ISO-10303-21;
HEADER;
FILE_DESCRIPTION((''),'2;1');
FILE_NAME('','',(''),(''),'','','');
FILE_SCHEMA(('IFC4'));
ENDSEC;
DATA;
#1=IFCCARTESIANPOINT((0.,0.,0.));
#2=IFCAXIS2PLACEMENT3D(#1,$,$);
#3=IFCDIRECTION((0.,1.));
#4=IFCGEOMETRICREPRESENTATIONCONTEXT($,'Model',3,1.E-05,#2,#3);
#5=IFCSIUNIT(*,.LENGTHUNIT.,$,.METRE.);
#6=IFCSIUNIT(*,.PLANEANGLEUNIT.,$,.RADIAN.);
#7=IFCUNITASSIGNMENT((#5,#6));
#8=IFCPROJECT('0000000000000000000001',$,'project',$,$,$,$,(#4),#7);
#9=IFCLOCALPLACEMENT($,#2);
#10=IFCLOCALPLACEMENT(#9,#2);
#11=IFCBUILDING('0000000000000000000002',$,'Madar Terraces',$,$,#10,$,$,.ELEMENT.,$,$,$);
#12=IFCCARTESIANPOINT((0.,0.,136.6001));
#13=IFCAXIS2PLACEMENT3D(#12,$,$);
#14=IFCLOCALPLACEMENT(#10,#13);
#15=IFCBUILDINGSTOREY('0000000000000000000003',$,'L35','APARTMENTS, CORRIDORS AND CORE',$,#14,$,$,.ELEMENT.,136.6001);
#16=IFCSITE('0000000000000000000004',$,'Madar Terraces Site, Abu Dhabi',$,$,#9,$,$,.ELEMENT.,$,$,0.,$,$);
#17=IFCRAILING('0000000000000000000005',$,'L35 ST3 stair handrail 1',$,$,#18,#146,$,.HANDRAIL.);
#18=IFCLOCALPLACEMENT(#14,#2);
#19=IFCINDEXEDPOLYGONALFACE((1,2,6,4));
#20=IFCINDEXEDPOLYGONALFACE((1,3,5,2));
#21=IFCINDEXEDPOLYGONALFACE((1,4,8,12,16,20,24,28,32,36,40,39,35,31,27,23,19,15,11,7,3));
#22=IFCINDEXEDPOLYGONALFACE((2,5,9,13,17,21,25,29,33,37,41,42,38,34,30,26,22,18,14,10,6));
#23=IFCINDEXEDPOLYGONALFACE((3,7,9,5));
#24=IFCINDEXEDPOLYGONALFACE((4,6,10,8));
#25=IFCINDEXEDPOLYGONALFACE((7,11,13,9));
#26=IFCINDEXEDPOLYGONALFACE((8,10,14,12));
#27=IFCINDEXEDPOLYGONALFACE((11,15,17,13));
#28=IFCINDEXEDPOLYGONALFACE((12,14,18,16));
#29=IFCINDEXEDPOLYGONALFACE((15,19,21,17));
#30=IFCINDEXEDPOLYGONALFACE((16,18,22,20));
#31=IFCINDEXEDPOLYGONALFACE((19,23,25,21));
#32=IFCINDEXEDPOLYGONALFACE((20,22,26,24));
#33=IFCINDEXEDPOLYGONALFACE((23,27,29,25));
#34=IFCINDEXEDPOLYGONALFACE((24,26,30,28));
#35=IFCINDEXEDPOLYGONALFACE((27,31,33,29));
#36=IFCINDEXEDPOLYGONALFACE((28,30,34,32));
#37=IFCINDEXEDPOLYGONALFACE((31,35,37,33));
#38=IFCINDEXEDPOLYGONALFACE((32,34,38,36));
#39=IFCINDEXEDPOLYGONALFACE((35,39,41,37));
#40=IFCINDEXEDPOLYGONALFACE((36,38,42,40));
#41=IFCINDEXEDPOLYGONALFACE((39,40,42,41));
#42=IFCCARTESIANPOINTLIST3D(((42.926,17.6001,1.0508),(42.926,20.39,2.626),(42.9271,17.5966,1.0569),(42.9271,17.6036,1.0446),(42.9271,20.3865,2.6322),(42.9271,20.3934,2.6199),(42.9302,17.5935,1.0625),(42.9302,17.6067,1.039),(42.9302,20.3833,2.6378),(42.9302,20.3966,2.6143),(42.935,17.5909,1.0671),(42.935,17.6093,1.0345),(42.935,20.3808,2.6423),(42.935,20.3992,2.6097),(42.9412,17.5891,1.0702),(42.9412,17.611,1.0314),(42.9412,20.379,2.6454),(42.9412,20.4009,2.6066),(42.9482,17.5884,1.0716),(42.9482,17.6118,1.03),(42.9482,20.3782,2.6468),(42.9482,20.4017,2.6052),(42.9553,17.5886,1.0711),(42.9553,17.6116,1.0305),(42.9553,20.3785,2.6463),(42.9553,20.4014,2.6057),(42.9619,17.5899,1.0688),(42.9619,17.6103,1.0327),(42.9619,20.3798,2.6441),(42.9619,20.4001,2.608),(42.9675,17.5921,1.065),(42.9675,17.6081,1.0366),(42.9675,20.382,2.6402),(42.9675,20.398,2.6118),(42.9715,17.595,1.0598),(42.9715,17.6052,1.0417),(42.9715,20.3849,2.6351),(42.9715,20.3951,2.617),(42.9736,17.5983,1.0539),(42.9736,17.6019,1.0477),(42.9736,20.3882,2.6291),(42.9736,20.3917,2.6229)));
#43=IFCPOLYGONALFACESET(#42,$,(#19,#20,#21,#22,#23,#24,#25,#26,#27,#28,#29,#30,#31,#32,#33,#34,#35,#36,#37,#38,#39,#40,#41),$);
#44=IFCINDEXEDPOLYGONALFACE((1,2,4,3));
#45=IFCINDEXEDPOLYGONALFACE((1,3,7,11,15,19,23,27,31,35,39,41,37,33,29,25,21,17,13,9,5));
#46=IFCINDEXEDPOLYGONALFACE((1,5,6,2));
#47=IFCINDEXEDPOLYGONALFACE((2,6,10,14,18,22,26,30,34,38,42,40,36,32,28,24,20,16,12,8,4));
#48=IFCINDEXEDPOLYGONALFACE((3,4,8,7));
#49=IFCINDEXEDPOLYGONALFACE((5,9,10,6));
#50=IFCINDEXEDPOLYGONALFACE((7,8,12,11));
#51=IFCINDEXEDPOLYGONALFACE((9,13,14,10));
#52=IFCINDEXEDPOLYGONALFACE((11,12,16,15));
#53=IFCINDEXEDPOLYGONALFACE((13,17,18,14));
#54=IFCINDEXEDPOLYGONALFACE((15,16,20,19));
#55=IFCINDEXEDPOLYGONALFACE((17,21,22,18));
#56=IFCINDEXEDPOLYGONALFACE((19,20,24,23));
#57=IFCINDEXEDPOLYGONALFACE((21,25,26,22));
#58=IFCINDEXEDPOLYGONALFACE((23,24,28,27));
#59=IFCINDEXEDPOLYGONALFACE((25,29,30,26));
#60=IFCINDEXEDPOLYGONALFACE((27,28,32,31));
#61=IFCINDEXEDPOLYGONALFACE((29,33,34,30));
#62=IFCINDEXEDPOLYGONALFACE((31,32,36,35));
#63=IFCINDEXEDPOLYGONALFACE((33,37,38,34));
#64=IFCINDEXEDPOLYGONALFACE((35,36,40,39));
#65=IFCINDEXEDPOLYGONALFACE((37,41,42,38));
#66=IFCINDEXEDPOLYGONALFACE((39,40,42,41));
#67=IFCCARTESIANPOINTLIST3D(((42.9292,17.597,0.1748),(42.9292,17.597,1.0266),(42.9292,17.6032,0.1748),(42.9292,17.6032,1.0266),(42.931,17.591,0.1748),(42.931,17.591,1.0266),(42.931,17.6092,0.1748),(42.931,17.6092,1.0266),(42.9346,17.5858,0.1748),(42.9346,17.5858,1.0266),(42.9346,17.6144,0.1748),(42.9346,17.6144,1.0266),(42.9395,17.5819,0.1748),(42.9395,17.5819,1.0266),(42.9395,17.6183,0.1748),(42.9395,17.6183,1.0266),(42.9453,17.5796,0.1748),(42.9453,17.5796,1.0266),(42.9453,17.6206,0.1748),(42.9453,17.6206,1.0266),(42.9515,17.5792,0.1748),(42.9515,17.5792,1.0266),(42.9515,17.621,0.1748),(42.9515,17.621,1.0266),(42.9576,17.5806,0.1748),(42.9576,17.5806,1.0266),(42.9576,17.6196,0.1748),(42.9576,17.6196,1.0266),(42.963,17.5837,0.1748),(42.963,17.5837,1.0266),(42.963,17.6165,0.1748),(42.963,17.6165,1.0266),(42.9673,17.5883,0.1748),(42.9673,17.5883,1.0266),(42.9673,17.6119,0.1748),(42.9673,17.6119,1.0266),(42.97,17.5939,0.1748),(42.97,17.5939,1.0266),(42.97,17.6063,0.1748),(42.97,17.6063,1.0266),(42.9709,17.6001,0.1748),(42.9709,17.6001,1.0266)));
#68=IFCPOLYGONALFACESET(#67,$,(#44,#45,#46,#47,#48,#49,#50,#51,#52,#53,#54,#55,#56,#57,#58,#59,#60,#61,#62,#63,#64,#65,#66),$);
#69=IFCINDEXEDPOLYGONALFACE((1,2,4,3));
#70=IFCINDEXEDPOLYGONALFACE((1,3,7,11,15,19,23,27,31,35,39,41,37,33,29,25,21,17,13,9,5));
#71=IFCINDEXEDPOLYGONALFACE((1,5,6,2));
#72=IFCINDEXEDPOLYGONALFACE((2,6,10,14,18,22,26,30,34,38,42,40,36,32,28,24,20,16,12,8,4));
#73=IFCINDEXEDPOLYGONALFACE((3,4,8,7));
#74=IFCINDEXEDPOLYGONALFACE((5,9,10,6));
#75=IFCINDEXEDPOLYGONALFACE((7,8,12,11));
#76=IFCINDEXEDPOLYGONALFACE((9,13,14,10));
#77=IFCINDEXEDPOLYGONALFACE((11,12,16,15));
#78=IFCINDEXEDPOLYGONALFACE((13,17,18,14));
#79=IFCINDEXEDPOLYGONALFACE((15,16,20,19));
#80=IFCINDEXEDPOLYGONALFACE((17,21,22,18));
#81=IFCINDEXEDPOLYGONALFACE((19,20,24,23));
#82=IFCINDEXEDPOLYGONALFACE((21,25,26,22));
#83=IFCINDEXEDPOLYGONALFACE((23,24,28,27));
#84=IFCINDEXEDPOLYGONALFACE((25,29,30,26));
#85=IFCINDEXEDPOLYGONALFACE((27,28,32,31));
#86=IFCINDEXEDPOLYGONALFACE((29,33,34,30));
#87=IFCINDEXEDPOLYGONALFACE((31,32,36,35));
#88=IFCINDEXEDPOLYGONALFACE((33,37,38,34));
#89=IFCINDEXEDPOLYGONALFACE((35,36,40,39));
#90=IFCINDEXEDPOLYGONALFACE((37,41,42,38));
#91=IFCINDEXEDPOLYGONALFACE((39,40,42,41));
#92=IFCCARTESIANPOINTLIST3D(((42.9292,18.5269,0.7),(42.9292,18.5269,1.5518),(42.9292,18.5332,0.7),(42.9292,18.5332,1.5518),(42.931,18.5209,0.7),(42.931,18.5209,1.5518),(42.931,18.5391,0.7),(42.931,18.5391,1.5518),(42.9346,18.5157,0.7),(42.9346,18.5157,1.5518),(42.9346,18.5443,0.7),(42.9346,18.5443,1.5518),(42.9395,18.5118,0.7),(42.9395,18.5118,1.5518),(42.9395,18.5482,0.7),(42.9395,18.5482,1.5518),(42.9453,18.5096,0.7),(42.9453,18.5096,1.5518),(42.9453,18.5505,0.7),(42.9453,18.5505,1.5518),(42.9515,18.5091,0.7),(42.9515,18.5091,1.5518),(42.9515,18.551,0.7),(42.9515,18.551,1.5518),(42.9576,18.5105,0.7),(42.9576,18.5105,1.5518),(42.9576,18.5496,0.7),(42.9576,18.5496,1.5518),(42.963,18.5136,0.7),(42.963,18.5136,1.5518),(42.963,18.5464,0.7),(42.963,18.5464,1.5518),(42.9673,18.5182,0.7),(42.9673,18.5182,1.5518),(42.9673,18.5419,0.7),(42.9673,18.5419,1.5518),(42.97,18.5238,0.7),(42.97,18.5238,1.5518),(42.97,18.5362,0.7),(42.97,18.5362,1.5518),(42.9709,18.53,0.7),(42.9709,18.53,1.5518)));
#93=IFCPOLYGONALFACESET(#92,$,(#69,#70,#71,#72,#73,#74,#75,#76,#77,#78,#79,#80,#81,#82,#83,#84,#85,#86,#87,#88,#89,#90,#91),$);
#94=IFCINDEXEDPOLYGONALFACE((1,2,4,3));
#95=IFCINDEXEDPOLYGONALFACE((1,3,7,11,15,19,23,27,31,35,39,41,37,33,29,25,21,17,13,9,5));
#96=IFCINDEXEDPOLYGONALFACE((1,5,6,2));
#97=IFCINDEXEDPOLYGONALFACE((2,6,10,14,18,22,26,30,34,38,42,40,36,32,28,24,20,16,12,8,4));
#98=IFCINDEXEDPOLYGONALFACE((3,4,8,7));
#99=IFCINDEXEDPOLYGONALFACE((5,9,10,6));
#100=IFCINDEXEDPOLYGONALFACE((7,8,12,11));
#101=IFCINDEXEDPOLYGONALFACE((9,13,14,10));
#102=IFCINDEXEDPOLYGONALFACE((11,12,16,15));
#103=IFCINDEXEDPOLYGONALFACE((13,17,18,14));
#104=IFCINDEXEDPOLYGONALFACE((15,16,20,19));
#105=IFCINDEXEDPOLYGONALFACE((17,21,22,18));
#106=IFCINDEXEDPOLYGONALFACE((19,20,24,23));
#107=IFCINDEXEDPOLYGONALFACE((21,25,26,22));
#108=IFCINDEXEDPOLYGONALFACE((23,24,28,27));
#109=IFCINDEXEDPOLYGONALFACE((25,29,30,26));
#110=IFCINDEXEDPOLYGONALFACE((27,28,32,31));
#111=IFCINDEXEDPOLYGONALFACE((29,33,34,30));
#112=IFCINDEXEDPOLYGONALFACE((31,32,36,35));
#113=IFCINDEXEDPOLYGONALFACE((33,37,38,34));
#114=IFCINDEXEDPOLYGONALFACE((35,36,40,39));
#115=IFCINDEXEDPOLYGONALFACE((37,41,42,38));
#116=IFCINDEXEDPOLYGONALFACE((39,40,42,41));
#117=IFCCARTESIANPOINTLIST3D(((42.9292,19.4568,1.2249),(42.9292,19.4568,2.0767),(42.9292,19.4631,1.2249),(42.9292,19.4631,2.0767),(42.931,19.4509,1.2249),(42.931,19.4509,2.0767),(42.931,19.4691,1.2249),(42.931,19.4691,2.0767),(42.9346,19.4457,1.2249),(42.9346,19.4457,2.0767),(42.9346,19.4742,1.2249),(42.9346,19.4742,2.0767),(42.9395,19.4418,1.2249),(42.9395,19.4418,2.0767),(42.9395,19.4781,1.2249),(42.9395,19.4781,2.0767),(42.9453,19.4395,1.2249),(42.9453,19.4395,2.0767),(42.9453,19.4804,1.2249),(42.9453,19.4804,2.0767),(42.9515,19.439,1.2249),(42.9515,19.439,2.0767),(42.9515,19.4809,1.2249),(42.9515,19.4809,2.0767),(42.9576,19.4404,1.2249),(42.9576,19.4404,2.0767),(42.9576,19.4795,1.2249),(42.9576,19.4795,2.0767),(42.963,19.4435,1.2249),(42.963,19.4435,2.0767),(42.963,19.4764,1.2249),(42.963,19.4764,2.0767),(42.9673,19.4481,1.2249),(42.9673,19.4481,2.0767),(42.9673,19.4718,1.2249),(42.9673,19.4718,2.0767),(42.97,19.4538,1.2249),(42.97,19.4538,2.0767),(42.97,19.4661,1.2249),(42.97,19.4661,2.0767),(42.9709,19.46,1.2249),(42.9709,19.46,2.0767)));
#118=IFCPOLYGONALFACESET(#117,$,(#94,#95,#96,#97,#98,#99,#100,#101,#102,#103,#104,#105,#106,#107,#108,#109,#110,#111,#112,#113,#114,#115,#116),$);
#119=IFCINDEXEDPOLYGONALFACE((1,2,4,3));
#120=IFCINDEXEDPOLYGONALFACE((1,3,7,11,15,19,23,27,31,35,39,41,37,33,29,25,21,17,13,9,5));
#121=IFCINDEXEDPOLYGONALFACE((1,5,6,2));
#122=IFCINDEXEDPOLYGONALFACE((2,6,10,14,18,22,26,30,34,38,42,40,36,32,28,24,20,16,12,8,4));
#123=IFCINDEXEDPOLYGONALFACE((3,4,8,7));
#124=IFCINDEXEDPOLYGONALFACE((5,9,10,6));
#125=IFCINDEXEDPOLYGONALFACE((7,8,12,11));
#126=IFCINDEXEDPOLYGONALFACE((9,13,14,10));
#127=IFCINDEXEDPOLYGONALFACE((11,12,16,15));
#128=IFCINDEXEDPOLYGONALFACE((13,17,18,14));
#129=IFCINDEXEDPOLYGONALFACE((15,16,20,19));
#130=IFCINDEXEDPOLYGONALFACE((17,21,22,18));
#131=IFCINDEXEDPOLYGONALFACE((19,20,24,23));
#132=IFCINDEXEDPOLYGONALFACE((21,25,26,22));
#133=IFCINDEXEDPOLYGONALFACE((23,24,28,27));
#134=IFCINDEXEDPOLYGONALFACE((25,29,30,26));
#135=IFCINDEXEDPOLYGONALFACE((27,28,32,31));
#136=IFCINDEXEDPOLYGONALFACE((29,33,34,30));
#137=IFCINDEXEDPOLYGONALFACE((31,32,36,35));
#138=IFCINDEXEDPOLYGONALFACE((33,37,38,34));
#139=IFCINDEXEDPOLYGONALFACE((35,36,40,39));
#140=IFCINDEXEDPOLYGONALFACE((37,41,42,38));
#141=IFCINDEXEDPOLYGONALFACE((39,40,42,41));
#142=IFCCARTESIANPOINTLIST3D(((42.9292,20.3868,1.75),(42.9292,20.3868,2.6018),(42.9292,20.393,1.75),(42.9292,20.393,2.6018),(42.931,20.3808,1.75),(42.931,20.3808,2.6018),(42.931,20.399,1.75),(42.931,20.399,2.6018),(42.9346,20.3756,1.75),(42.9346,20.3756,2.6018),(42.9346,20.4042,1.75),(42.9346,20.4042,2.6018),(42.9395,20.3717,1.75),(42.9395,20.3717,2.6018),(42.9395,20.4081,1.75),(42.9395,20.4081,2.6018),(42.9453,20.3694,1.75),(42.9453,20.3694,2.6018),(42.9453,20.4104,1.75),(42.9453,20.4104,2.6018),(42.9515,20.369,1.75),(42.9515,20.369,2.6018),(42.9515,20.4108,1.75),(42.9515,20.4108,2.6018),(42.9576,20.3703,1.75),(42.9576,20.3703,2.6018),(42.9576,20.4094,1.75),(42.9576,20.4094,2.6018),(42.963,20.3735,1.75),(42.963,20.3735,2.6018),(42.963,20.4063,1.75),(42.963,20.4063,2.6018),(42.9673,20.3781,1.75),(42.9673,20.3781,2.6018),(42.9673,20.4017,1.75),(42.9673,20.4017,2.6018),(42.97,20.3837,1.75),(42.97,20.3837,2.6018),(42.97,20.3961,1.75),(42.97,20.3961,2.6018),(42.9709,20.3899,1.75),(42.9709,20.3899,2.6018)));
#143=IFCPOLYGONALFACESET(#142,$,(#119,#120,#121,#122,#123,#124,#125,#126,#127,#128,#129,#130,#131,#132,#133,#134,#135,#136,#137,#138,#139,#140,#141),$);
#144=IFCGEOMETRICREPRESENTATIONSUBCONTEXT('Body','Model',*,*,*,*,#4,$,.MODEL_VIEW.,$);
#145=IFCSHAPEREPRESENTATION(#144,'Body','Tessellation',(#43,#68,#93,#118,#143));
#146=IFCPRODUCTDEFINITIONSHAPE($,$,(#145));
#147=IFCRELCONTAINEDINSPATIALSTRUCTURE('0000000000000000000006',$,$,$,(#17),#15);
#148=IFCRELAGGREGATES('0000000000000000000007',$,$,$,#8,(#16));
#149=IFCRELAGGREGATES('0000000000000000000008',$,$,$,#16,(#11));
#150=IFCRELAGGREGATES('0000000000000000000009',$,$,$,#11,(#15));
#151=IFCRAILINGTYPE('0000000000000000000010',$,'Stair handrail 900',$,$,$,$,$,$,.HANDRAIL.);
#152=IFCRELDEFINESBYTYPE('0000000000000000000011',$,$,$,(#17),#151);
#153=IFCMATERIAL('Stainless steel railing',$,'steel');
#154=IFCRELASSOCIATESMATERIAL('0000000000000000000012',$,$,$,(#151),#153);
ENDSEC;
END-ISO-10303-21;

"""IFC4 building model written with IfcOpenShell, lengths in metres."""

from ifc_helpers import new_model, si_unit, direction, frame, origin, origin_2d, place, context, subcontext, project, spatial, circle, extrude, material, type_object, element, save


model = new_model("IFC4")

# Units and contexts
model_context = context("Model", 3, precision=1e-05, world=origin(), true_north=direction((0.0, 1.0)))
body_context = subcontext(model_context, "Body", "Model", "MODEL_VIEW")
ifc_project = project(units=[si_unit("LENGTHUNIT", "METRE"), si_unit("PLANEANGLEUNIT", "RADIAN")], contexts=[model_context])

# Site, building, storey
site_placement = place(None, origin())
site = spatial("IfcSite", under=ifc_project, at=site_placement, Name="Madar Terraces Site, Abu Dhabi", CompositionType="ELEMENT", RefElevation=0.0)
building_placement = place(site_placement, origin())
building = spatial("IfcBuilding", under=site, at=building_placement, Name="Madar Terraces", CompositionType="ELEMENT")
storey_placement = place(building_placement, frame((0.0, 0.0, 136.6001)))
storey = spatial("IfcBuildingStorey", under=building, at=storey_placement, Name="L35", Description="APARTMENTS, CORRIDORS AND CORE", CompositionType="ELEMENT", Elevation=136.6001)

# Railing
ifc_material_1 = material(Name="Stainless steel railing", Category="steel")
railing_type_1 = type_object("IfcRailingType", Name="Stair handrail 900", PredefinedType="HANDRAIL", material=ifc_material_1)
railing_1_placement = place(storey_placement, frame((42.95, 17.6001, 0.1748)))
element("IfcRailing", 1, at=railing_1_placement, inside=storey, type_object=railing_type_1, Name="L35 ST3 stair handrail 1", PredefinedType="HANDRAIL", context=body_context, shape_type="SweptSolid", body=[
    extrude(circle(Radius=0.0239, at=origin_2d()), frame((0.0, 0.0, 0.876), z_axis=(0.0, 0.870783, 0.491668), x_axis=(-1.0, 0.0, 0.0)), (0.0, 0.0, 1.0), 3.2039),
    extrude(circle(Radius=0.021, at=origin_2d()), origin(), (0.0, 0.0, 1.0), 0.8518),
    extrude(circle(Radius=0.021, at=origin_2d()), frame((0.0, 0.9299, 0.5251)), (0.0, 0.0, 1.0), 0.8518),
    extrude(circle(Radius=0.021, at=origin_2d()), frame((0.0, 1.8599, 1.05)), (0.0, 0.0, 1.0), 0.8518),
    extrude(circle(Radius=0.021, at=origin_2d()), frame((0.0, 2.7898, 1.5752)), (0.0, 0.0, 1.0), 0.8518),
])

save(model, "model.ifc")
